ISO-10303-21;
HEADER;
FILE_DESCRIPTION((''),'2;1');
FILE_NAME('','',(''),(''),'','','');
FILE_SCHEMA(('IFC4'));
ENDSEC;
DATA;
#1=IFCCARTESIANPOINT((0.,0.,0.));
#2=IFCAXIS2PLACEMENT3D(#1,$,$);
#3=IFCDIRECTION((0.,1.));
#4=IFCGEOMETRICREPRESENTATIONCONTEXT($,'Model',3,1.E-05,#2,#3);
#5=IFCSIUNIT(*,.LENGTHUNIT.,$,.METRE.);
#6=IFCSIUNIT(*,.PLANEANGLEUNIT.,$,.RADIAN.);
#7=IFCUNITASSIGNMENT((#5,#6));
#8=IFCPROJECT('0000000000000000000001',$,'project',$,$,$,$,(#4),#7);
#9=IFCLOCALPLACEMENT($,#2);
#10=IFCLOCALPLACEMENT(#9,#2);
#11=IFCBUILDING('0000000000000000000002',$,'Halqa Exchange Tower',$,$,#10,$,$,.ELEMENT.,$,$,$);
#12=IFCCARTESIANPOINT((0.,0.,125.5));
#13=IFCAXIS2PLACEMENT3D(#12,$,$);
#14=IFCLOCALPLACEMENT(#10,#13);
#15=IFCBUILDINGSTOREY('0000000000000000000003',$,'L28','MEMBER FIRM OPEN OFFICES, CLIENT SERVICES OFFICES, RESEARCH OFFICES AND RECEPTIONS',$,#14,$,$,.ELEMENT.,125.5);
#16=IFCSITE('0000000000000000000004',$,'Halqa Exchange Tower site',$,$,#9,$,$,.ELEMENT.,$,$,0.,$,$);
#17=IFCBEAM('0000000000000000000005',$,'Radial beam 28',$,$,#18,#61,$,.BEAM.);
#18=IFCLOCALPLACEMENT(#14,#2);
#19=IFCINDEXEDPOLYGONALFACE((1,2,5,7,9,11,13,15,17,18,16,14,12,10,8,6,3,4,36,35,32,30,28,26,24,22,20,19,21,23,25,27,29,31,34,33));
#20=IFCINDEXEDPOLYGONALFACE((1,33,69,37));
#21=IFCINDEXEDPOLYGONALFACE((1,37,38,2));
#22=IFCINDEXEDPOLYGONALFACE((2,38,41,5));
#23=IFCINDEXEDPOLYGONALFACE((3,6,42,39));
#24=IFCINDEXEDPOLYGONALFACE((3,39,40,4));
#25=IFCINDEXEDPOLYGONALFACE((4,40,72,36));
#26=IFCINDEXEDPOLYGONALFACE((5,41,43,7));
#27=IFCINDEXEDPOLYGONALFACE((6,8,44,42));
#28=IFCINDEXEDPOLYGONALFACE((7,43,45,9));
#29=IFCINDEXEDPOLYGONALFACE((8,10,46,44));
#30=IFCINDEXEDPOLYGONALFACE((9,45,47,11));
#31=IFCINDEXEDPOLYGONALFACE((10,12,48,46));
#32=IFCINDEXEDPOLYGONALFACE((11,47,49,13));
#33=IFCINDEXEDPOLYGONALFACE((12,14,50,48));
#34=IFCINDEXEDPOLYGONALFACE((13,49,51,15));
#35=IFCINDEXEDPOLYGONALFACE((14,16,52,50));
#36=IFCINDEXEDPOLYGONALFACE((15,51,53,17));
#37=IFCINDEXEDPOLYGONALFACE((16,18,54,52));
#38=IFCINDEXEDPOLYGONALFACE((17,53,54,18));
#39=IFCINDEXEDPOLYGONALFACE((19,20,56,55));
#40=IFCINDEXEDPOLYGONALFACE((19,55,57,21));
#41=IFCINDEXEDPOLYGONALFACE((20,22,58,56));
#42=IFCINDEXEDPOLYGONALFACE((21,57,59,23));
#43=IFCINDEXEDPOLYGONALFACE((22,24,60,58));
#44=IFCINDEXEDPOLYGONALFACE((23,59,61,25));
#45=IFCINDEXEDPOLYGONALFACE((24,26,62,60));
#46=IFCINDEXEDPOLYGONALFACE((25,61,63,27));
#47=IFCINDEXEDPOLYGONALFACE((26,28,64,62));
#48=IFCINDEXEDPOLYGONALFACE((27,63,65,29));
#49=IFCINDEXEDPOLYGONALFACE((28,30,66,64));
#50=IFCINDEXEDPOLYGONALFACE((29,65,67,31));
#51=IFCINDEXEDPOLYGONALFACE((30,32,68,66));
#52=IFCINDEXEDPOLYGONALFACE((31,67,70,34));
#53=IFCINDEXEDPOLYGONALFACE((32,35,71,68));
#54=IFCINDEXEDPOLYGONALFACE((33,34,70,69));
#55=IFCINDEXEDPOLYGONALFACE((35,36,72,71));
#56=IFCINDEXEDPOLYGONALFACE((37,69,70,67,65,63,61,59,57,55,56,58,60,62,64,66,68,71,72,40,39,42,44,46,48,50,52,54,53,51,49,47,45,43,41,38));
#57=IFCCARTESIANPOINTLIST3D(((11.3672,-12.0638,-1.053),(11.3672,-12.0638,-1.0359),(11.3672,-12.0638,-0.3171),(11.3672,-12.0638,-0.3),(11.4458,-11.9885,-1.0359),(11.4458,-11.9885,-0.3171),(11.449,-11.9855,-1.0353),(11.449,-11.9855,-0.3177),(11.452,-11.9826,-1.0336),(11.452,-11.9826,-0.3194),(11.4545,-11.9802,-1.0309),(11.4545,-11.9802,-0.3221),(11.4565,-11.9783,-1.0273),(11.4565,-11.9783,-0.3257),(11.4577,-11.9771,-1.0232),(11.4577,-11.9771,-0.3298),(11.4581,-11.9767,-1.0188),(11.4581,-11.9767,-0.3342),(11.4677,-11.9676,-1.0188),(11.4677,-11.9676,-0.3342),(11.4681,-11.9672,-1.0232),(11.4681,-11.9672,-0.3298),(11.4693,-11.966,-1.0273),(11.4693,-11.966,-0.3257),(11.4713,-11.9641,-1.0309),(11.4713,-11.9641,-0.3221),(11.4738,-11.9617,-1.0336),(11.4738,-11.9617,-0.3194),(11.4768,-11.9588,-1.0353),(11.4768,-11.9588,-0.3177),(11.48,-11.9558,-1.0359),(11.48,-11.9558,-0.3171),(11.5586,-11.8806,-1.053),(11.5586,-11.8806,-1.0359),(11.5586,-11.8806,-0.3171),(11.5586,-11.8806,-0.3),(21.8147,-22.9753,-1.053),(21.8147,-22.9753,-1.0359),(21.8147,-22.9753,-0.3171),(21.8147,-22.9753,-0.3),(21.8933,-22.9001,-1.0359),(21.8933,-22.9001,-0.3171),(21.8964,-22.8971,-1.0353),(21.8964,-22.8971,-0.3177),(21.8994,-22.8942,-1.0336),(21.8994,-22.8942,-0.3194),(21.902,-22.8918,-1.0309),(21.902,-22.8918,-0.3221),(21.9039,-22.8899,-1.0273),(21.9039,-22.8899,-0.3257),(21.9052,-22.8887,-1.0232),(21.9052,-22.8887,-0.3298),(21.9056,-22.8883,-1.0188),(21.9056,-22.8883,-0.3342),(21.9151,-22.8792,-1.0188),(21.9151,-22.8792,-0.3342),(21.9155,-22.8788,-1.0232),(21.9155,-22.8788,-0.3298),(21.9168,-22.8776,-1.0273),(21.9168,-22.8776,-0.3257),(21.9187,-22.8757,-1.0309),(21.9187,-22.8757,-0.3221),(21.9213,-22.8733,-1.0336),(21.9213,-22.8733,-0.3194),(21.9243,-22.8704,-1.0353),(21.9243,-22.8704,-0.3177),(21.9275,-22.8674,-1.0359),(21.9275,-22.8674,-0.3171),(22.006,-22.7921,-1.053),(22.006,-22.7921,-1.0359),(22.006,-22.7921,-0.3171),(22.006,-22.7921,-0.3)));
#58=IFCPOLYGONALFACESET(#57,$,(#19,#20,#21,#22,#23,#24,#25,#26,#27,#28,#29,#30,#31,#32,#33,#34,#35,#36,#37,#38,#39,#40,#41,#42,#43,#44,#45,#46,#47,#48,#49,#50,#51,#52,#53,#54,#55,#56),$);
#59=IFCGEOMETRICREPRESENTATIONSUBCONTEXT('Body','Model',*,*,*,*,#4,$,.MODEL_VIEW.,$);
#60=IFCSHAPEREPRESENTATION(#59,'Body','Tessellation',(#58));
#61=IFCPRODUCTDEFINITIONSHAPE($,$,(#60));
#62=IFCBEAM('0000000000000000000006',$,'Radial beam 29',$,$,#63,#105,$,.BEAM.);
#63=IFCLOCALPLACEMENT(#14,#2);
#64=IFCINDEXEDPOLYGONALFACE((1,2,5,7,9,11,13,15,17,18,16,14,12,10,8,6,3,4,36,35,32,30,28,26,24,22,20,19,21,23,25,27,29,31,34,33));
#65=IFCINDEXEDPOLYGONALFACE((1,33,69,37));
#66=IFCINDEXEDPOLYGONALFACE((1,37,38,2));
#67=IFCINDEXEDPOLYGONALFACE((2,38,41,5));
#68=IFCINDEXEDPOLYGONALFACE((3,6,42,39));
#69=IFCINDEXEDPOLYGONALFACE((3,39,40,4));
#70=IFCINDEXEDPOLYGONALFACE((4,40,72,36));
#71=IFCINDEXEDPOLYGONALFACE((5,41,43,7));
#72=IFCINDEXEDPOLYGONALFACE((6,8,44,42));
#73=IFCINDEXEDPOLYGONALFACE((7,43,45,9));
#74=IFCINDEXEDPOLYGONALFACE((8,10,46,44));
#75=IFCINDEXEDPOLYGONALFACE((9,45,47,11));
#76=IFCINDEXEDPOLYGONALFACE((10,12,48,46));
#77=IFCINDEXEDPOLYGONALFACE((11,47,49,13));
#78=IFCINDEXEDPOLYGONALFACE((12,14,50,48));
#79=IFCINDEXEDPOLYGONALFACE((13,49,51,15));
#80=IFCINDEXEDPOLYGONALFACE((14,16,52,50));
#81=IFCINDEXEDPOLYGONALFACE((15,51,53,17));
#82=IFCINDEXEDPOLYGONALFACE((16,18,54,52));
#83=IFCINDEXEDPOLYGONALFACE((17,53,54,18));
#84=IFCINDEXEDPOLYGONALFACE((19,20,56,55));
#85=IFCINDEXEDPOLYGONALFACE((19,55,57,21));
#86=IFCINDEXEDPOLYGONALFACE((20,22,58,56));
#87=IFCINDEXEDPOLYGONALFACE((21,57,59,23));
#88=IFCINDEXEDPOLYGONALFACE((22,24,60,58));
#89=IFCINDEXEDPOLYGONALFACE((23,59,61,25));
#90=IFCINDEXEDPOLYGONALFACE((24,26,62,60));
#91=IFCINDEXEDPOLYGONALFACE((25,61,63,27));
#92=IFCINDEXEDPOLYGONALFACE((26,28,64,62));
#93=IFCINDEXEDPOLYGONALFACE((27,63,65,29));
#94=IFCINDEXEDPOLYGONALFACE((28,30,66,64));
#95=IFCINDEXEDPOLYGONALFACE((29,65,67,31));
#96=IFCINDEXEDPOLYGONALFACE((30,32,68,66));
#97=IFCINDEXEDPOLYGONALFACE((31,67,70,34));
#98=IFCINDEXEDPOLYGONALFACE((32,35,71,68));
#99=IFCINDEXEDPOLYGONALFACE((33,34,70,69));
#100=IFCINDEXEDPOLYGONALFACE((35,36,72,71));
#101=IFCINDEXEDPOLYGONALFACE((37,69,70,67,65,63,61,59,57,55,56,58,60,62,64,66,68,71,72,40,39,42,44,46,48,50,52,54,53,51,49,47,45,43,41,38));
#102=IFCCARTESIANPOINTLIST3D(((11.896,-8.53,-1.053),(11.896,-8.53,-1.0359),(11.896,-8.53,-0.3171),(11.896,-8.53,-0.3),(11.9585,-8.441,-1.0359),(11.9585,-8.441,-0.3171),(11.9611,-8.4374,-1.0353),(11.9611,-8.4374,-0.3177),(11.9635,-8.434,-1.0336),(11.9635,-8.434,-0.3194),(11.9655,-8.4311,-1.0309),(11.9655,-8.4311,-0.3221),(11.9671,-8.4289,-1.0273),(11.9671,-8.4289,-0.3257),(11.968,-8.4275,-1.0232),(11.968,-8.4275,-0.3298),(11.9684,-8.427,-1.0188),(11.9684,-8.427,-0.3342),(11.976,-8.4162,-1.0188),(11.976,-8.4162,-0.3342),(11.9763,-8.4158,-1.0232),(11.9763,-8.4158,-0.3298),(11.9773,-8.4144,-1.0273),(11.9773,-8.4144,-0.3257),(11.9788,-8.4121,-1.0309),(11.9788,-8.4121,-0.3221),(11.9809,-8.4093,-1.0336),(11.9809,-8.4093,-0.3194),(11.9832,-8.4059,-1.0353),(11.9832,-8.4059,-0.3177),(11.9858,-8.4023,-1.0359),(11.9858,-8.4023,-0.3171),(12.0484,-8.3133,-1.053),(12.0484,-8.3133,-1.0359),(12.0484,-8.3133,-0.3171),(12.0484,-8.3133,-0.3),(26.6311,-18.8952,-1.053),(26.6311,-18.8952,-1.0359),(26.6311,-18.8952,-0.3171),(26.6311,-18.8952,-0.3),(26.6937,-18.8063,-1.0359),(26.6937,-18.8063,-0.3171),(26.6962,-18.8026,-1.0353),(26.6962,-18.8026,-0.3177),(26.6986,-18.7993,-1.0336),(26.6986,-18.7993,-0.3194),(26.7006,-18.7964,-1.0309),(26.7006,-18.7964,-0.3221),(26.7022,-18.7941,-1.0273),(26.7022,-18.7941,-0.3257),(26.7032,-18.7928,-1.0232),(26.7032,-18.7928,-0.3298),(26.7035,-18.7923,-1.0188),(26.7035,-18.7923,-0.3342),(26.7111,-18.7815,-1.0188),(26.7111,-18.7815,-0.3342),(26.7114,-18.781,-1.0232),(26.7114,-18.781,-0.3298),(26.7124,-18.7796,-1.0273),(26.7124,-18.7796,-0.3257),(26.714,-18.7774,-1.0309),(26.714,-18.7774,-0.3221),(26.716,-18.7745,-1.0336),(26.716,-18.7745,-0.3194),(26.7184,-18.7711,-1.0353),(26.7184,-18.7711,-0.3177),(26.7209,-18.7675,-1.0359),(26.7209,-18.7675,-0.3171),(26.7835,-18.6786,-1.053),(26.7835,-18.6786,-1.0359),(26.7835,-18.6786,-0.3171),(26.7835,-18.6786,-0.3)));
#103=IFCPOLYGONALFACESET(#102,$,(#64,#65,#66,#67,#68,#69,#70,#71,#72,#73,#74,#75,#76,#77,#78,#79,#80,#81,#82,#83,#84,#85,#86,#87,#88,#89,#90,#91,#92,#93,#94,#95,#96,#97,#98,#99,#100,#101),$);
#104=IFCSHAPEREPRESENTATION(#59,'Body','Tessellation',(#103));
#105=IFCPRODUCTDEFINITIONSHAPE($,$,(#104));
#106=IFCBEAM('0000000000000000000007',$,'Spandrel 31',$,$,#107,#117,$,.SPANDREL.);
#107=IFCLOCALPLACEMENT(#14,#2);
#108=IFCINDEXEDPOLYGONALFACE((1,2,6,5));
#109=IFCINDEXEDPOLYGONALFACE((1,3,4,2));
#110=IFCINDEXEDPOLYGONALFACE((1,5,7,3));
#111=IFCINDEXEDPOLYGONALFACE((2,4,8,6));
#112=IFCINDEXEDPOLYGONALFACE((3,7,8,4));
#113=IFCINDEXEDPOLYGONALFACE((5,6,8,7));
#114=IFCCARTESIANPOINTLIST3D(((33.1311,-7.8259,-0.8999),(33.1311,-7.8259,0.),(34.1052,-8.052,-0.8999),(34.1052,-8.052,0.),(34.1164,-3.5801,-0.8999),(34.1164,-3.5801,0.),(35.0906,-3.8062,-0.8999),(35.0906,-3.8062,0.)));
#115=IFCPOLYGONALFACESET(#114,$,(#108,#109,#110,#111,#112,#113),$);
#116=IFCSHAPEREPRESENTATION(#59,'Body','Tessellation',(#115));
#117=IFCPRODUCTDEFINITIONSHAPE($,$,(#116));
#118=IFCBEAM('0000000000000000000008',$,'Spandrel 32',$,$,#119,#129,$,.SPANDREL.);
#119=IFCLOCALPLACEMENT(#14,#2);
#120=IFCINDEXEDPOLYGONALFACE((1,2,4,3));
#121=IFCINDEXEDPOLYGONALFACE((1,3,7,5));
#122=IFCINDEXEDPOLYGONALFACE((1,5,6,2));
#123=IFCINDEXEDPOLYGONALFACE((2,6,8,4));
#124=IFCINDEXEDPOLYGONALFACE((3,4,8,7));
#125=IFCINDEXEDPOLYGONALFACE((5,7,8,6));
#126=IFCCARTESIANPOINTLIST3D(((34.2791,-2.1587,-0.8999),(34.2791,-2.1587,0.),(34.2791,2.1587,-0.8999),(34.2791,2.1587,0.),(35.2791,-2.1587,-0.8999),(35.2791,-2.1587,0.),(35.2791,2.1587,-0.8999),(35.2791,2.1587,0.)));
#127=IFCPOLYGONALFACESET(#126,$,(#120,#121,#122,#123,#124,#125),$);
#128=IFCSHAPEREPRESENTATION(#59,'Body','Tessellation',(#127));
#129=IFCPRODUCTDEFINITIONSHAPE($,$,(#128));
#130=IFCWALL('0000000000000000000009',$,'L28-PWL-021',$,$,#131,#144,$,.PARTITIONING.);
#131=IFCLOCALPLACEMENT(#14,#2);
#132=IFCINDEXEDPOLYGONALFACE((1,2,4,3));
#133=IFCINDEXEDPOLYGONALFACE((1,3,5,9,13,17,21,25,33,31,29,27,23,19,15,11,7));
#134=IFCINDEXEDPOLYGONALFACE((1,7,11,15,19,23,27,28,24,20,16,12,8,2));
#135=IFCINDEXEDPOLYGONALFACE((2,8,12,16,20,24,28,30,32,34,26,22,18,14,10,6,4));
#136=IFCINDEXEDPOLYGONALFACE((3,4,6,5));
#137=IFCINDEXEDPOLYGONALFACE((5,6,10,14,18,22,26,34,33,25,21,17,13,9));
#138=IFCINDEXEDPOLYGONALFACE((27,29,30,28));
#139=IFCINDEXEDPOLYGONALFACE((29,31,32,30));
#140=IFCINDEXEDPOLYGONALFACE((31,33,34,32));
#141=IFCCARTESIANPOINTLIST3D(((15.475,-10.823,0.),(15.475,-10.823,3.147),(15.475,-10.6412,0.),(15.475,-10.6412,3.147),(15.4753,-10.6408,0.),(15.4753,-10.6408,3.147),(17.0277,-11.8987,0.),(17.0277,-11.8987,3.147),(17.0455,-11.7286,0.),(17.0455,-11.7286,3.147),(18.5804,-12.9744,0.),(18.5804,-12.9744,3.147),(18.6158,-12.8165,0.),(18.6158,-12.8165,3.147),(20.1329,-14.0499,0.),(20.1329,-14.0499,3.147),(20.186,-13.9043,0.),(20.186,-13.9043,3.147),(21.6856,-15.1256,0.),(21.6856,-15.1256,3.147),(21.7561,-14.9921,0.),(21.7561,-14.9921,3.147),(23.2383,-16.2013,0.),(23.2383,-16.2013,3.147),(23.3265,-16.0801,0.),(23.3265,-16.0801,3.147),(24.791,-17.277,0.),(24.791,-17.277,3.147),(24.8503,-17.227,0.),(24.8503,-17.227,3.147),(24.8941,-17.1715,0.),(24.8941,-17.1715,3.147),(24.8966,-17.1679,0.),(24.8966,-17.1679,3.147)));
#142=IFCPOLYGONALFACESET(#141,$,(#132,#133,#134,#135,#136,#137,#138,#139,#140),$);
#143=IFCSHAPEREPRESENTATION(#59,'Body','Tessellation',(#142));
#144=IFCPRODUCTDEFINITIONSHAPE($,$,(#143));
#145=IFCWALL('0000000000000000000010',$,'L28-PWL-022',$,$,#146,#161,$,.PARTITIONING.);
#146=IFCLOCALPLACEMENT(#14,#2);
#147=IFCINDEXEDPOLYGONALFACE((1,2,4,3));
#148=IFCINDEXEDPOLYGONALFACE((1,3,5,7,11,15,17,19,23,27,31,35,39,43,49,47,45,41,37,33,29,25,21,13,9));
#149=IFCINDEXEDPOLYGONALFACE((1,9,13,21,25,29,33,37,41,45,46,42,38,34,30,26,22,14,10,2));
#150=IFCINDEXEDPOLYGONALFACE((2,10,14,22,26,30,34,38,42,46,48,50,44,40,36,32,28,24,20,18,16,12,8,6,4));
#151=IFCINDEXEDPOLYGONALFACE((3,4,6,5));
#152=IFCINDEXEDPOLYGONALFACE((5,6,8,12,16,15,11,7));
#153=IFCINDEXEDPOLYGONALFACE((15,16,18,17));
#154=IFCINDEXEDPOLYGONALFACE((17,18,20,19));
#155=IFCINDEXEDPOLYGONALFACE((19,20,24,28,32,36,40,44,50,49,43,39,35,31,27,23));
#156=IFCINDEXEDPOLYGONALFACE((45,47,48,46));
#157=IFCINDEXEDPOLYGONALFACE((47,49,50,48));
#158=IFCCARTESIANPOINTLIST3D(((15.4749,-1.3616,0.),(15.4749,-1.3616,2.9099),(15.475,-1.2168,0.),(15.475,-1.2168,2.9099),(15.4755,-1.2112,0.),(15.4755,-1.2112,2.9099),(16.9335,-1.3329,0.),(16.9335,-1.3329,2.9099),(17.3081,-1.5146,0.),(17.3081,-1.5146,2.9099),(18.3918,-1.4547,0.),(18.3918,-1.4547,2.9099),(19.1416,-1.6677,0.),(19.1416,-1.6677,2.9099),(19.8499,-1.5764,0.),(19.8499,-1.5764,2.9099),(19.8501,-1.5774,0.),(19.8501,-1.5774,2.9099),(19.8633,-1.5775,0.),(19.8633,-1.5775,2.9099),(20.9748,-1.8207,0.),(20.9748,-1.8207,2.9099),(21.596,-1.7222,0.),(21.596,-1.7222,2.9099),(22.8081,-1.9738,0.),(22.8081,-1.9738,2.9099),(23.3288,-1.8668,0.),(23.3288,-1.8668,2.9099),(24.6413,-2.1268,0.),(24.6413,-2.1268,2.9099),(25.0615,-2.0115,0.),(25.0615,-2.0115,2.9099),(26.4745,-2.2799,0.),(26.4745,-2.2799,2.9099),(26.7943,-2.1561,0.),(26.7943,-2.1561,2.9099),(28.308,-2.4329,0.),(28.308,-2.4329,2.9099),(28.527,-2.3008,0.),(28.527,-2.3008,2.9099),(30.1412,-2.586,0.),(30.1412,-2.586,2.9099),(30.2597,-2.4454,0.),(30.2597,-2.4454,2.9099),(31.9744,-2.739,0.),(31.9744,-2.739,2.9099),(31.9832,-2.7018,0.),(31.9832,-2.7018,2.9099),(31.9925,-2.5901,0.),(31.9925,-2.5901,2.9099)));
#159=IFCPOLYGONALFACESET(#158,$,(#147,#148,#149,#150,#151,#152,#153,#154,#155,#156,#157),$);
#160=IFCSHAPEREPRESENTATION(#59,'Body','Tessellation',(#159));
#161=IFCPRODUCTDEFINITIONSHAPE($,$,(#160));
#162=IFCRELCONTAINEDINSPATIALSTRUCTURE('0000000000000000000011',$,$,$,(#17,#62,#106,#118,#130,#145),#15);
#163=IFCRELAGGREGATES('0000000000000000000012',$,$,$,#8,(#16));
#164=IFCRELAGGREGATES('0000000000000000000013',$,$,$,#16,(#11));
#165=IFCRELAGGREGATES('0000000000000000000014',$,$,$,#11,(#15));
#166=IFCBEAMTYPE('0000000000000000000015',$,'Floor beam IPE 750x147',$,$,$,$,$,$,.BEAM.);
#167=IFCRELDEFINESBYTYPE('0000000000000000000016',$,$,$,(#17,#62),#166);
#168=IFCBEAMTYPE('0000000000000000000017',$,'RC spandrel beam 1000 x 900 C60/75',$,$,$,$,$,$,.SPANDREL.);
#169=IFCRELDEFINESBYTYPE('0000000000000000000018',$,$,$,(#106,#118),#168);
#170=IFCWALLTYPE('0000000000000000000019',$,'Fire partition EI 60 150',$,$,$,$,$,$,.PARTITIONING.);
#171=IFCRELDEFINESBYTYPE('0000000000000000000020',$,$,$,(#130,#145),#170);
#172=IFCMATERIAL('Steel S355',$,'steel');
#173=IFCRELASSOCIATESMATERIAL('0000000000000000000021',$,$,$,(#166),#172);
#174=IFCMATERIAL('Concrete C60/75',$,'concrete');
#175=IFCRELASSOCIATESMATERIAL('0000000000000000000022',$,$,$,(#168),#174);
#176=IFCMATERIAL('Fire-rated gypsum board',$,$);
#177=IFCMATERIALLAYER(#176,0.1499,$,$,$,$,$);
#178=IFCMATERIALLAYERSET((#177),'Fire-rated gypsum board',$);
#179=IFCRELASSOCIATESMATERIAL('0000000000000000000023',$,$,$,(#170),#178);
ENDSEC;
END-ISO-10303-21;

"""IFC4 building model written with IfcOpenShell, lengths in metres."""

from ifc_helpers import new_model, si_unit, direction, frame, origin, origin_2d, place, context, subcontext, project, spatial, polyline, rectangle, i_section, outline, extrude, material, layer, layer_set, material_profile, profile_set, type_object, element, save


model = new_model("IFC4")

# Units and contexts
model_context = context("Model", 3, precision=1e-05, world=origin(), true_north=direction((0.0, 1.0)))
body_context = subcontext(model_context, "Body", "Model", "MODEL_VIEW")
ifc_project = project(units=[si_unit("LENGTHUNIT", "METRE"), si_unit("PLANEANGLEUNIT", "RADIAN")], contexts=[model_context])

# Site, building, storey
site_placement = place(None, origin())
site = spatial("IfcSite", under=ifc_project, at=site_placement, Name="Halqa Exchange Tower site", CompositionType="ELEMENT", RefElevation=0.0)
building_placement = place(site_placement, origin())
building = spatial("IfcBuilding", under=site, at=building_placement, Name="Halqa Exchange Tower", CompositionType="ELEMENT")
storey_placement = place(building_placement, frame((0.0, 0.0, 125.5)))
storey = spatial("IfcBuildingStorey", under=building, at=storey_placement, Name="L28", Description="MEMBER FIRM OPEN OFFICES, CLIENT SERVICES OFFICES, RESEARCH OFFICES AND RECEPTIONS", CompositionType="ELEMENT", Elevation=125.5)

# Beams
ifc_material_1 = material(Name="Steel S355", Category="steel")
ifc_material_profile_1 = material_profile(ifc_material_1, i_section(OverallWidth=0.2649, OverallDepth=0.7529, WebThickness=0.0132, FlangeThickness=0.0171, FilletRadius=0.0171, at=origin_2d()), Name="IPE 750x147")
ifc_profile_set_1 = profile_set([ifc_material_profile_1], Name="Steel S355")
beam_type_1 = type_object("IfcBeamType", Name="Floor beam IPE 750x147", PredefinedType="BEAM", material=ifc_profile_set_1)
beam_1_placement = place(storey_placement, frame((11.4629, -11.9722, -0.6765), z_axis=(0.691579, -0.722301, 0.0), x_axis=(0.722301, 0.691579, 0.0)))
element("IfcBeam", 1, at=beam_1_placement, inside=storey, type_object=beam_type_1, Name="Radial beam 28", PredefinedType="BEAM", context=body_context, shape_type="SweptSolid", body=[
    extrude(i_section(OverallWidth=0.2649, OverallDepth=0.7529, WebThickness=0.0132, FlangeThickness=0.0171, FilletRadius=0.0171, at=origin_2d()), origin(), (0.0, 0.0, 1.0), 15.1067),
])
beam_2_placement = place(storey_placement, frame((11.9722, -8.4216, -0.6765), z_axis=(0.817909, -0.575348, 0.0), x_axis=(0.575348, 0.817909, 0.0)))
element("IfcBeam", 2, at=beam_2_placement, inside=storey, type_object=beam_type_1, Name="Radial beam 29", PredefinedType="BEAM", context=body_context, shape_type="SweptSolid", body=[
    extrude(i_section(OverallWidth=0.2649, OverallDepth=0.7529, WebThickness=0.0132, FlangeThickness=0.0171, FilletRadius=0.0171, at=origin_2d()), origin(), (0.0, 0.0, 1.0), 18.0156),
])
ifc_material_2 = material(Name="Concrete C60/75", Category="concrete")
ifc_material_profile_2 = material_profile(ifc_material_2, rectangle(XDim=1.0, YDim=0.8999, at=origin_2d()), Name="1000 x 900")
ifc_profile_set_2 = profile_set([ifc_material_profile_2], Name="Concrete C60/75")
beam_type_2 = type_object("IfcBeamType", Name="RC spandrel beam 1000 x 900 C60/75", PredefinedType="SPANDREL", material=ifc_profile_set_2)
beam_3_placement = place(storey_placement, frame((33.6182, -7.939, -0.45), z_axis=(0.226066, 0.974112, 0.0), x_axis=(-0.974112, 0.226066, 0.0)))
element("IfcBeam", 3, at=beam_3_placement, inside=storey, type_object=beam_type_2, Name="Spandrel 31", PredefinedType="SPANDREL", context=body_context, shape_type="SweptSolid", body=[
    extrude(rectangle(XDim=1.0, YDim=0.8999, at=origin_2d()), origin(), (0.0, 0.0, 1.0), 4.3586),
])
beam_4_placement = place(storey_placement, frame((34.7791, -2.1587, -0.45), z_axis=(0.0, 1.0, 0.0), x_axis=(-1.0, 0.0, 0.0)))
element("IfcBeam", 4, at=beam_4_placement, inside=storey, type_object=beam_type_2, Name="Spandrel 32", PredefinedType="SPANDREL", context=body_context, shape_type="SweptSolid", body=[
    extrude(rectangle(XDim=1.0, YDim=0.8999, at=origin_2d()), origin(), (0.0, 0.0, 1.0), 4.3174),
])

# Walls
ifc_material_3 = material(Name="Fire-rated gypsum board")
ifc_layer_1 = layer(ifc_material_3, 0.1499)
ifc_layer_set_1 = layer_set([ifc_layer_1], Name="Fire-rated gypsum board")
wall_type_1 = type_object("IfcWallType", Name="Fire partition EI 60 150", PredefinedType="PARTITIONING", material=ifc_layer_set_1)
wall_1_placement = place(storey_placement, frame((15.4326, -10.7024, 0.0), z_axis=(0.0, 0.0, 1.0), x_axis=(0.822004, -0.569481, 0.0)))
element("IfcWall", 5, at=wall_1_placement, inside=storey, type_object=wall_type_1, Name="L28-PWL-021", PredefinedType="PARTITIONING", context=body_context, shape_type="SweptSolid", body=[
    extrude(outline(polyline([(0.1035, -0.075), (1.9924, -0.075), (3.8813, -0.075), (5.77, -0.075), (7.6589, -0.075), (9.5479, -0.075), (11.4368, -0.075), (11.457, 0.0), (11.4614, 0.0706), (11.4614, 0.075), (9.5513, 0.075), (7.6409, 0.075), (5.7307, 0.075), (3.8206, 0.075), (1.9102, 0.075), (0.0, 0.075), (0.0, 0.0745), (0.1035, -0.075)])), origin(), (0.0, 0.0, 1.0), 3.147),
])
wall_2_placement = place(storey_placement, frame((15.4692, -1.2859, 0.0), z_axis=(0.0, 0.0, 1.0), x_axis=(0.996533, -0.083194, 0.0)))
element("IfcWall", 6, at=wall_2_placement, inside=storey, type_object=wall_type_1, Name="L28-PWL-022", PredefinedType="PARTITIONING", context=body_context, shape_type="SweptSolid", body=[
    extrude(outline(polyline([(0.012, -0.075), (1.8516, -0.075), (3.6914, -0.075), (5.531, -0.075), (7.3706, -0.075), (9.2102, -0.075), (11.0498, -0.075), (12.8896, -0.075), (14.7292, -0.075), (16.5688, -0.075), (16.5745, -0.0371), (16.5745, 0.075), (14.8357, 0.075), (13.0969, 0.075), (11.3582, 0.075), (9.6194, 0.075), (7.8806, 0.075), (6.1418, 0.075), (4.4031, 0.075), (4.3899, 0.074), (4.3896, 0.075), (2.9265, 0.075), (1.4631, 0.075), (0.0, 0.075), (0.0, 0.0693), (0.012, -0.075)])), origin(), (0.0, 0.0, 1.0), 2.9099),
])

save(model, "model.ifc")
